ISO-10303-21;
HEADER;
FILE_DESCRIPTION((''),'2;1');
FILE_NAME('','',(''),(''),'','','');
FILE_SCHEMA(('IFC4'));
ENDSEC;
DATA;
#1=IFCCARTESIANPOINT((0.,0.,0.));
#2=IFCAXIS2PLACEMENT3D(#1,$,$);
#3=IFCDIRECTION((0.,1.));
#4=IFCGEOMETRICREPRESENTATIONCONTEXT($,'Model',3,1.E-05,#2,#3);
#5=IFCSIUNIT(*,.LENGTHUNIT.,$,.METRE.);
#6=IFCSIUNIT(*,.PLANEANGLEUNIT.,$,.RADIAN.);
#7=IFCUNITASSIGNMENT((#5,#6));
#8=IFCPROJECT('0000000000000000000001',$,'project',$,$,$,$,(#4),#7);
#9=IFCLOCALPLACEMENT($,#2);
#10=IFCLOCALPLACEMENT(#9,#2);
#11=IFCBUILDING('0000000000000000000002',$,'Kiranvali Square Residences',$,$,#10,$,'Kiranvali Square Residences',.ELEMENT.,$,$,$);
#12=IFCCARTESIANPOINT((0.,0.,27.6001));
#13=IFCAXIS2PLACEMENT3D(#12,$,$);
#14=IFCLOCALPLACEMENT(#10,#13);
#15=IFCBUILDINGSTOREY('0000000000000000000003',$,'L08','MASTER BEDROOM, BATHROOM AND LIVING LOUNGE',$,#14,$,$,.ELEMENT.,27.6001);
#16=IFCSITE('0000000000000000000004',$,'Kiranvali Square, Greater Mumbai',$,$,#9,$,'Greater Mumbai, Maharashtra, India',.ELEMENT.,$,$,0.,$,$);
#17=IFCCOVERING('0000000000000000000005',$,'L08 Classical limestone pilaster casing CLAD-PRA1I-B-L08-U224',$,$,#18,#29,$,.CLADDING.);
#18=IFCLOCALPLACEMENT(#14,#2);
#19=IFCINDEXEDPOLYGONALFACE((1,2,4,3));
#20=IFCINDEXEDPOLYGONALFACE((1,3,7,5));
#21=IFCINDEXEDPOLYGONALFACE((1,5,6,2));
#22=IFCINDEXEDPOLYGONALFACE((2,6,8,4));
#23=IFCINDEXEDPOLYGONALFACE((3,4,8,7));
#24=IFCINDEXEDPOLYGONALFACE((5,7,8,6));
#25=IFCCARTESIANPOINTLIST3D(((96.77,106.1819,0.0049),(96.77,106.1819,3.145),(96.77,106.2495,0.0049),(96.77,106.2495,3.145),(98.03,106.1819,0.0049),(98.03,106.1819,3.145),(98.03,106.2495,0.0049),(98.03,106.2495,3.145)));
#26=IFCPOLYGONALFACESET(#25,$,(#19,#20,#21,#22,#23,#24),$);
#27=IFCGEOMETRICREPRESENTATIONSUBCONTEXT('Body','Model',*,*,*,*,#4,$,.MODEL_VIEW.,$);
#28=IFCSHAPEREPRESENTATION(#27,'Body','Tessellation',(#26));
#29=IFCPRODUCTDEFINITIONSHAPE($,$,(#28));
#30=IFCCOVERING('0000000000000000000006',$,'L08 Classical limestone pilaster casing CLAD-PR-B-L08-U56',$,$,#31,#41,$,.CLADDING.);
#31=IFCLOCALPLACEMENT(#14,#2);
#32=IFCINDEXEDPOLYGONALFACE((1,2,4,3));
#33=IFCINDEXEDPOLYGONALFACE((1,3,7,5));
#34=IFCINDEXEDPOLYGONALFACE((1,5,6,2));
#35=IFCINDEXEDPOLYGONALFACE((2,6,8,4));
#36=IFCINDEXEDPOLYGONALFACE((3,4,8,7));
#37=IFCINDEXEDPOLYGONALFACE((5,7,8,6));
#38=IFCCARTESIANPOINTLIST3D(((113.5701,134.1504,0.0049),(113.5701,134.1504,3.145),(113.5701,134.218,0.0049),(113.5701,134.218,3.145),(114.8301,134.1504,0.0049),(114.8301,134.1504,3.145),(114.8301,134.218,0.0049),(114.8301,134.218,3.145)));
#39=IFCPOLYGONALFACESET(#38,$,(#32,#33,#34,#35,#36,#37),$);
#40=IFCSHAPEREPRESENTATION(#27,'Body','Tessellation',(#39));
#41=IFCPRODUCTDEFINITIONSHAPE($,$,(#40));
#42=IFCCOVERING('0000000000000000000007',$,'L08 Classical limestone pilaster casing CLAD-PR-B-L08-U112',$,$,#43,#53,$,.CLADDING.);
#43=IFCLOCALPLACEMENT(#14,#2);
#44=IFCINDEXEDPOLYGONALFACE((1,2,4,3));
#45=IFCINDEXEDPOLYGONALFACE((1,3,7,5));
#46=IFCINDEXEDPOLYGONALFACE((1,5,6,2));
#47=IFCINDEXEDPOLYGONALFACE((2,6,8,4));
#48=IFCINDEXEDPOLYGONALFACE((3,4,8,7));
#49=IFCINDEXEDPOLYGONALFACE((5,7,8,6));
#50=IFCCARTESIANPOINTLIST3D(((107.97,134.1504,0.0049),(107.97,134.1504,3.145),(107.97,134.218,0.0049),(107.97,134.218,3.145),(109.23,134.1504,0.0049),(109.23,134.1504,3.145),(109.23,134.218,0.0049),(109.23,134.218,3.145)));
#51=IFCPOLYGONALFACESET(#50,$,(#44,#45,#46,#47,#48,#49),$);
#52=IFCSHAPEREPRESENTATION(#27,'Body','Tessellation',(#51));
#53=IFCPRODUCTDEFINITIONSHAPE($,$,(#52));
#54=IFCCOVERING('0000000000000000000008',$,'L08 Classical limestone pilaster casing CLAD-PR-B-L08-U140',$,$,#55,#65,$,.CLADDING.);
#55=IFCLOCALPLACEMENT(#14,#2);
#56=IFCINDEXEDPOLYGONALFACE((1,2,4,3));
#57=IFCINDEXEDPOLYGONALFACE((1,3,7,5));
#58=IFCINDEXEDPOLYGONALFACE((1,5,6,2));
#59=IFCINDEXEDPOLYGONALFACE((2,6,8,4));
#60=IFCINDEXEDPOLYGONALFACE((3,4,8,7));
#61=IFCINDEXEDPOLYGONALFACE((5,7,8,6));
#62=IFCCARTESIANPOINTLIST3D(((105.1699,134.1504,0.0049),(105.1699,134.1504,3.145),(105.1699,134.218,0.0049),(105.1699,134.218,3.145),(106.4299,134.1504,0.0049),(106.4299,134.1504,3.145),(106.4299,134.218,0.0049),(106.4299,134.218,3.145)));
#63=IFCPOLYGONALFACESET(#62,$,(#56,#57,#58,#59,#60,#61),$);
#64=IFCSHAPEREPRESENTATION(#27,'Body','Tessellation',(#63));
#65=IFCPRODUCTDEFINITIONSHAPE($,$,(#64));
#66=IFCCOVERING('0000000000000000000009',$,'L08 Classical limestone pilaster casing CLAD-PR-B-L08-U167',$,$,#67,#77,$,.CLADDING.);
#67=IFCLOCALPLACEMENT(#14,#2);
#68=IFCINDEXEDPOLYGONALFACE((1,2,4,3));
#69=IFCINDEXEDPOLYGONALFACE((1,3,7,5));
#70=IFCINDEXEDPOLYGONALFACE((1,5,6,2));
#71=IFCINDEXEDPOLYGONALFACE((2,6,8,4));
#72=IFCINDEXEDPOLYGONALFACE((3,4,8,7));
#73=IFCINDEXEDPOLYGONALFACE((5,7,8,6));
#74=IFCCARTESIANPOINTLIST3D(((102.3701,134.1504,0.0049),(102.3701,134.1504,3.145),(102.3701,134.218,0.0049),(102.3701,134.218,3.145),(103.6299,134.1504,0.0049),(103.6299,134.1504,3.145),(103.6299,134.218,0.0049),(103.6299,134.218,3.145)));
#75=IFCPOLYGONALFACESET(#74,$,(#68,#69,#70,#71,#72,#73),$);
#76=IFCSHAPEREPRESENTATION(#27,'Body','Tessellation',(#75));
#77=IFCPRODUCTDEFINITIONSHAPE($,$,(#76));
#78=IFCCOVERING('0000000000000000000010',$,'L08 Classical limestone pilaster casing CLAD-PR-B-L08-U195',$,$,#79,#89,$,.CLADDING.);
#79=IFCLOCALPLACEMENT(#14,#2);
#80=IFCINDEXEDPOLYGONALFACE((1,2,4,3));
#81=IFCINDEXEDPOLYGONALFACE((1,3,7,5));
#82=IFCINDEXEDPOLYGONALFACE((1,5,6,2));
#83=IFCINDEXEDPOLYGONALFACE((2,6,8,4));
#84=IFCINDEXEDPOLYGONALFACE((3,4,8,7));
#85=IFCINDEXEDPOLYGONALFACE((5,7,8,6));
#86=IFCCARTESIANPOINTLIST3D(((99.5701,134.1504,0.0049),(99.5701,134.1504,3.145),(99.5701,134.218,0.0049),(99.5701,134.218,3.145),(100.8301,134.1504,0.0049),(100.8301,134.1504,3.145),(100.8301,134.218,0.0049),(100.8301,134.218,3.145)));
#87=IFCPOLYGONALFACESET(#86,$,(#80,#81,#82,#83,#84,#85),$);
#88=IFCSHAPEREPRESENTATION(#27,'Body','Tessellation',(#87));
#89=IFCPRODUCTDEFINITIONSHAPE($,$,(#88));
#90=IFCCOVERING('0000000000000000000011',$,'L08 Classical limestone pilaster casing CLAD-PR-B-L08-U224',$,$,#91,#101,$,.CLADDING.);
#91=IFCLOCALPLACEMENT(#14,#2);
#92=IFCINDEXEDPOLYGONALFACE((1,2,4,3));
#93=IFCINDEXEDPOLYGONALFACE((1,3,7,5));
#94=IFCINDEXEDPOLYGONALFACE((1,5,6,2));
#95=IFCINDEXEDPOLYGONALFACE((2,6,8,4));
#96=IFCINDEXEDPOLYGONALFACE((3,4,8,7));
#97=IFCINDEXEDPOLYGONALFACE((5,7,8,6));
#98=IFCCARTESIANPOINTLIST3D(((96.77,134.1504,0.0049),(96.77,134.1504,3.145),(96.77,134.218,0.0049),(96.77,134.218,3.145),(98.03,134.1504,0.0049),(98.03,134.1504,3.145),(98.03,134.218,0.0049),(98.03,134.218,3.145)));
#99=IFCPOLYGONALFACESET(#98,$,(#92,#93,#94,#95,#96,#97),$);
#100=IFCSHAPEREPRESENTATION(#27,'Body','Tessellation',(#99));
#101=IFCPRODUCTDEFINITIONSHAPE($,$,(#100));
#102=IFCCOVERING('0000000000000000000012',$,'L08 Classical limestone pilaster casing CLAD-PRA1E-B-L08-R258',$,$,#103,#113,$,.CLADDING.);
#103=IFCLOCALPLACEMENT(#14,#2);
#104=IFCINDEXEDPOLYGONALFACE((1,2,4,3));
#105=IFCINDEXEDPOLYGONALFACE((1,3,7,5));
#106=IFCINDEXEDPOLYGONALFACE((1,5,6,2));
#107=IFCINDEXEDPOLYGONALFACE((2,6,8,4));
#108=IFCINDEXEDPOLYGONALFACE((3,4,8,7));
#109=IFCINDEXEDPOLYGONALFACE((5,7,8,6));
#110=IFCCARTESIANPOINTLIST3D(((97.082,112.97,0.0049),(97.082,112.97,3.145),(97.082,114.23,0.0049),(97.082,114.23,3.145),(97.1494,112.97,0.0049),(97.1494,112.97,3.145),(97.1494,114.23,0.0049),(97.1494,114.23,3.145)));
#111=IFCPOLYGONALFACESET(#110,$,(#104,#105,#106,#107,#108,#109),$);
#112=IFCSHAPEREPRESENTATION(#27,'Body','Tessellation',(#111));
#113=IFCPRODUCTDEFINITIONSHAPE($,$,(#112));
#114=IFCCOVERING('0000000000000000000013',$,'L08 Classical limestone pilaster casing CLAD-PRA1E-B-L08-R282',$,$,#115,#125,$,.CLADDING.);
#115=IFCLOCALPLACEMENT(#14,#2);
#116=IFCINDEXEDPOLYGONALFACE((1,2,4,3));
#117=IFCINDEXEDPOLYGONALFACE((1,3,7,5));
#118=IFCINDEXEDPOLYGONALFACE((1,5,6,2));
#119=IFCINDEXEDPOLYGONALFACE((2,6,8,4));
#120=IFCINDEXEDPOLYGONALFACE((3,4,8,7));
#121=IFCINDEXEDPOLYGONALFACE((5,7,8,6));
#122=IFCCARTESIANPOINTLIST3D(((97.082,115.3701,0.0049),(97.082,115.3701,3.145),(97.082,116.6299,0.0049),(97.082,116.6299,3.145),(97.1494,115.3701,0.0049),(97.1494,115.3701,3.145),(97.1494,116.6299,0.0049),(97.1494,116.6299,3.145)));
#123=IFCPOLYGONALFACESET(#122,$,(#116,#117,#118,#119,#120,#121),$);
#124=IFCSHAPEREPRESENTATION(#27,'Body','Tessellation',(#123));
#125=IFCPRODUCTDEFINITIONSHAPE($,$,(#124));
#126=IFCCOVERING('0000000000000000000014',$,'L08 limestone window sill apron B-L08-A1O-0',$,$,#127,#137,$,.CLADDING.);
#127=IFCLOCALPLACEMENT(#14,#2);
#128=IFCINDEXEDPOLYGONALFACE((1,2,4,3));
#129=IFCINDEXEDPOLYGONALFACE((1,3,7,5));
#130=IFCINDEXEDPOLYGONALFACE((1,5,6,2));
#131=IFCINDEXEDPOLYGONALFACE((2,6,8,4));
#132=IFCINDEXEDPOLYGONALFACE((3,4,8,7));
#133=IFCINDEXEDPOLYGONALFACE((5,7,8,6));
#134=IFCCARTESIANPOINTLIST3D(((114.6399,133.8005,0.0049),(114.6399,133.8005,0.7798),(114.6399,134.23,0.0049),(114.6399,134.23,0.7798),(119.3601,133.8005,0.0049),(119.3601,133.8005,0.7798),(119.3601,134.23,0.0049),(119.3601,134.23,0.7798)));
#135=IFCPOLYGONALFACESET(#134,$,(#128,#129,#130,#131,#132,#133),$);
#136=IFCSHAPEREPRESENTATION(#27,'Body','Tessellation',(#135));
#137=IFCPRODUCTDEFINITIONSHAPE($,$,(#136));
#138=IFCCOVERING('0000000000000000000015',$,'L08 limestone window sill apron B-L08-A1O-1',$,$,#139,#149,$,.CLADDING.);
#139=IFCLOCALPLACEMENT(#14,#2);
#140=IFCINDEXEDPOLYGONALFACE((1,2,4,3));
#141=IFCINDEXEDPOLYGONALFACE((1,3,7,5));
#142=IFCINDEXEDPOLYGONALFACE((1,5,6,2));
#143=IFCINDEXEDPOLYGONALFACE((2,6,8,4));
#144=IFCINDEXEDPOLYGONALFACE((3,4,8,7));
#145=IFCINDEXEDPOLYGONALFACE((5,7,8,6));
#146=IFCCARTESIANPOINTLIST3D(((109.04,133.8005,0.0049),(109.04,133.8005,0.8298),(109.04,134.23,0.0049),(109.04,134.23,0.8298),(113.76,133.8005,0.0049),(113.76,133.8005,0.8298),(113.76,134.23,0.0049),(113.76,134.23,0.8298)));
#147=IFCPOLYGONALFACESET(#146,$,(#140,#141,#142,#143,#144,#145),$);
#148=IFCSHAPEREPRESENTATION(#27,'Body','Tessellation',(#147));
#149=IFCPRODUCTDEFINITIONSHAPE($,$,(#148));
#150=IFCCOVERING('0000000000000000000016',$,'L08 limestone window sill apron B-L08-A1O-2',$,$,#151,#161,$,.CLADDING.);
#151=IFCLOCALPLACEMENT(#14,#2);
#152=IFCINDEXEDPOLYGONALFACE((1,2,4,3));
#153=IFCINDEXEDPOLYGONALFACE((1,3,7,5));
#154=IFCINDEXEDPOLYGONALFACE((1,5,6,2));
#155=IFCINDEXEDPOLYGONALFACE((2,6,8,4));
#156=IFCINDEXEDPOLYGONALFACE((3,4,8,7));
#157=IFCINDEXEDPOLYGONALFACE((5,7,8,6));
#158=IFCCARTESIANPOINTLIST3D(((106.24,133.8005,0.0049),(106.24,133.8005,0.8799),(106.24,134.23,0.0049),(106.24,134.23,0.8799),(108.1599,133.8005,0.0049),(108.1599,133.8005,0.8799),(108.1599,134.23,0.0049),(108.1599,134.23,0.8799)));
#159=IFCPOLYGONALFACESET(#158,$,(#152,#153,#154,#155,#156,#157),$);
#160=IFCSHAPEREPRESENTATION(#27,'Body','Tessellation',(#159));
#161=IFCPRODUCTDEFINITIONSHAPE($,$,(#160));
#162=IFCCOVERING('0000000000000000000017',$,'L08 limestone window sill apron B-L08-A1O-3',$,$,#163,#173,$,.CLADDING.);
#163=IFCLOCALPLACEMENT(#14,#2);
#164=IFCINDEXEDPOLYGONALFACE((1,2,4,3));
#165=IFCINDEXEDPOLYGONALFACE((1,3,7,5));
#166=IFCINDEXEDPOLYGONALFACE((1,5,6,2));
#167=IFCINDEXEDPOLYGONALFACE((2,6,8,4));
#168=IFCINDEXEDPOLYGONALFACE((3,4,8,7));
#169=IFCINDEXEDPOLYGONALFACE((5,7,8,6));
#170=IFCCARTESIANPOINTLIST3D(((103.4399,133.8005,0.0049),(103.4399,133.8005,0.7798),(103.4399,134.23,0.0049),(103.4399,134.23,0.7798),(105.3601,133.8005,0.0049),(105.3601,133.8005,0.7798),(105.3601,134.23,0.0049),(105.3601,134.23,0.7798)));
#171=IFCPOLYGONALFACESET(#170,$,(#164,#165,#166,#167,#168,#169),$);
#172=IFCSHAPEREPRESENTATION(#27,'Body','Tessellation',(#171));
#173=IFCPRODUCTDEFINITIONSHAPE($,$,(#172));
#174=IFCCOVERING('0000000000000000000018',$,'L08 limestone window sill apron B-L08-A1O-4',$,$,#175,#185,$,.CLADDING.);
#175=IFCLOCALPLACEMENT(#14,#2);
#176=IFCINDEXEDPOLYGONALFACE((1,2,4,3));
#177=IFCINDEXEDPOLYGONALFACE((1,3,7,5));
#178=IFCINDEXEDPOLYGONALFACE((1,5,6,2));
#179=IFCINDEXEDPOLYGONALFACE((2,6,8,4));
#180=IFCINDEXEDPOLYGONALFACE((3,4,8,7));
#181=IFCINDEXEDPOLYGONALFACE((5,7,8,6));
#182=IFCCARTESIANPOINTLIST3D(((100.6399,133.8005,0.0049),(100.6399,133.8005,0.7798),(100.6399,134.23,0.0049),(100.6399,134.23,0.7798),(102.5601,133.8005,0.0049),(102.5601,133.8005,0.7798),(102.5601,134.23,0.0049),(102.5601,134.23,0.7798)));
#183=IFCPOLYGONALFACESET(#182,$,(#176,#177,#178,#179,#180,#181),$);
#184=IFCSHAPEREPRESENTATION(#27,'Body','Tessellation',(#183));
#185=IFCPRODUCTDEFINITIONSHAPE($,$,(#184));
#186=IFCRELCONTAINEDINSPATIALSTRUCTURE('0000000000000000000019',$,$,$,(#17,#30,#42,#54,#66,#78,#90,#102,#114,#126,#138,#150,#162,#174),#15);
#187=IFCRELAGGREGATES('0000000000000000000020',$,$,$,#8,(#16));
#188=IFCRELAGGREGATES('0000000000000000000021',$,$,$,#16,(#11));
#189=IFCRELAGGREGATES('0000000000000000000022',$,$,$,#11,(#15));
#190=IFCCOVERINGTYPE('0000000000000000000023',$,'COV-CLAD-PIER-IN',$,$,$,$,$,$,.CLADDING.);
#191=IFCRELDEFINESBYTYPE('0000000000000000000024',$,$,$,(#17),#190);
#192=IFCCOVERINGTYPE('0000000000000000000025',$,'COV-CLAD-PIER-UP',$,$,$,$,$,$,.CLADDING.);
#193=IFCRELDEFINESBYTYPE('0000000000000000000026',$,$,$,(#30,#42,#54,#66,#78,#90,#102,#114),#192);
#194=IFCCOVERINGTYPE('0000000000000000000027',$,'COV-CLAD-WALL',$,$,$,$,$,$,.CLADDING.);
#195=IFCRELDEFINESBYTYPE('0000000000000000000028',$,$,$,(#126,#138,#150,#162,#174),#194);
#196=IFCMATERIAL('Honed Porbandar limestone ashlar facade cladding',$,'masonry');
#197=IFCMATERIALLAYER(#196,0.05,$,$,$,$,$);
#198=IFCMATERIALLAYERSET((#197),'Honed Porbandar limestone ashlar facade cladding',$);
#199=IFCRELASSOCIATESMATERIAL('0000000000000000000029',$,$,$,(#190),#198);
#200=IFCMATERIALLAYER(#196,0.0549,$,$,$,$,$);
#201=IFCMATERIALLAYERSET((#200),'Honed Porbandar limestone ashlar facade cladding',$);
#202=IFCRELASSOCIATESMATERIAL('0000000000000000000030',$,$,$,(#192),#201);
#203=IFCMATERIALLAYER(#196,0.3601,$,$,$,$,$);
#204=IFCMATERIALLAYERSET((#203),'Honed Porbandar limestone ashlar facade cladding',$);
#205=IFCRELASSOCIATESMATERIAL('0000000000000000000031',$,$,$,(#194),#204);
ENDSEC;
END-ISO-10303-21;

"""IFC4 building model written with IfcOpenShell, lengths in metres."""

from ifc_helpers import new_model, si_unit, direction, frame, origin, place, context, subcontext, project, spatial, polyline, outline, extrude, material, layer, layer_set, type_object, element, save


model = new_model("IFC4")

# Units and contexts
model_context = context("Model", 3, precision=1e-05, world=origin(), true_north=direction((0.0, 1.0)))
body_context = subcontext(model_context, "Body", "Model", "MODEL_VIEW")
ifc_project = project(units=[si_unit("LENGTHUNIT", "METRE"), si_unit("PLANEANGLEUNIT", "RADIAN")], contexts=[model_context])

# Site, building, storey
site_placement = place(None, origin())
site = spatial("IfcSite", under=ifc_project, at=site_placement, Name="Kiranvali Square, Greater Mumbai", LongName="Greater Mumbai, Maharashtra, India", CompositionType="ELEMENT", RefElevation=0.0)
building_placement = place(site_placement, origin())
building = spatial("IfcBuilding", under=site, at=building_placement, Name="Kiranvali Square Residences", LongName="Kiranvali Square Residences", CompositionType="ELEMENT")
storey_placement = place(building_placement, frame((0.0, 0.0, 27.6001)))
storey = spatial("IfcBuildingStorey", under=building, at=storey_placement, Name="L08", Description="MASTER BEDROOM, BATHROOM AND LIVING LOUNGE", CompositionType="ELEMENT", Elevation=27.6001)

# Coverings
ifc_material_1 = material(Name="Honed Porbandar limestone ashlar facade cladding", Category="masonry")
ifc_layer_1 = layer(ifc_material_1, 0.05)
ifc_layer_set_1 = layer_set([ifc_layer_1], Name="Honed Porbandar limestone ashlar facade cladding")
covering_type_1 = type_object("IfcCoveringType", Name="COV-CLAD-PIER-IN", PredefinedType="CLADDING", material=ifc_layer_set_1)
covering_1_placement = place(storey_placement, frame((0.0, 0.0, 0.0049)))
element("IfcCovering", 1, at=covering_1_placement, inside=storey, type_object=covering_type_1, Name="L08 Classical limestone pilaster casing CLAD-PRA1I-B-L08-U224", PredefinedType="CLADDING", context=body_context, shape_type="SweptSolid", body=[
    extrude(outline(polyline([(98.03, 106.2495), (96.77, 106.2495), (96.77, 106.1819), (98.03, 106.1819), (98.03, 106.2495)])), origin(), (0.0, 0.0, 1.0), 3.1401),
])
ifc_layer_2 = layer(ifc_material_1, 0.0549)
ifc_layer_set_2 = layer_set([ifc_layer_2], Name="Honed Porbandar limestone ashlar facade cladding")
covering_type_2 = type_object("IfcCoveringType", Name="COV-CLAD-PIER-UP", PredefinedType="CLADDING", material=ifc_layer_set_2)
covering_2_placement = place(storey_placement, frame((0.0, 0.0, 0.0049)))
element("IfcCovering", 2, at=covering_2_placement, inside=storey, type_object=covering_type_2, Name="L08 Classical limestone pilaster casing CLAD-PR-B-L08-U56", PredefinedType="CLADDING", context=body_context, shape_type="SweptSolid", body=[
    extrude(outline(polyline([(114.8301, 134.218), (113.5701, 134.218), (113.5701, 134.1504), (114.8301, 134.1504), (114.8301, 134.218)])), origin(), (0.0, 0.0, 1.0), 3.1401),
])
covering_3_placement = place(storey_placement, frame((0.0, 0.0, 0.0049)))
element("IfcCovering", 3, at=covering_3_placement, inside=storey, type_object=covering_type_2, Name="L08 Classical limestone pilaster casing CLAD-PR-B-L08-U112", PredefinedType="CLADDING", context=body_context, shape_type="SweptSolid", body=[
    extrude(outline(polyline([(109.23, 134.218), (107.97, 134.218), (107.97, 134.1504), (109.23, 134.1504), (109.23, 134.218)])), origin(), (0.0, 0.0, 1.0), 3.1401),
])
covering_4_placement = place(storey_placement, frame((0.0, 0.0, 0.0049)))
element("IfcCovering", 4, at=covering_4_placement, inside=storey, type_object=covering_type_2, Name="L08 Classical limestone pilaster casing CLAD-PR-B-L08-U140", PredefinedType="CLADDING", context=body_context, shape_type="SweptSolid", body=[
    extrude(outline(polyline([(106.4299, 134.218), (105.1699, 134.218), (105.1699, 134.1504), (106.4299, 134.1504), (106.4299, 134.218)])), origin(), (0.0, 0.0, 1.0), 3.1401),
])
covering_5_placement = place(storey_placement, frame((0.0, 0.0, 0.0049)))
element("IfcCovering", 5, at=covering_5_placement, inside=storey, type_object=covering_type_2, Name="L08 Classical limestone pilaster casing CLAD-PR-B-L08-U167", PredefinedType="CLADDING", context=body_context, shape_type="SweptSolid", body=[
    extrude(outline(polyline([(103.6299, 134.218), (102.3701, 134.218), (102.3701, 134.1504), (103.6299, 134.1504), (103.6299, 134.218)])), origin(), (0.0, 0.0, 1.0), 3.1401),
])
covering_6_placement = place(storey_placement, frame((0.0, 0.0, 0.0049)))
element("IfcCovering", 6, at=covering_6_placement, inside=storey, type_object=covering_type_2, Name="L08 Classical limestone pilaster casing CLAD-PR-B-L08-U195", PredefinedType="CLADDING", context=body_context, shape_type="SweptSolid", body=[
    extrude(outline(polyline([(100.8301, 134.218), (99.5701, 134.218), (99.5701, 134.1504), (100.8301, 134.1504), (100.8301, 134.218)])), origin(), (0.0, 0.0, 1.0), 3.1401),
])
covering_7_placement = place(storey_placement, frame((0.0, 0.0, 0.0049)))
element("IfcCovering", 7, at=covering_7_placement, inside=storey, type_object=covering_type_2, Name="L08 Classical limestone pilaster casing CLAD-PR-B-L08-U224", PredefinedType="CLADDING", context=body_context, shape_type="SweptSolid", body=[
    extrude(outline(polyline([(98.03, 134.218), (96.77, 134.218), (96.77, 134.1504), (98.03, 134.1504), (98.03, 134.218)])), origin(), (0.0, 0.0, 1.0), 3.1401),
])
covering_8_placement = place(storey_placement, frame((0.0, 0.0, 0.0049)))
element("IfcCovering", 8, at=covering_8_placement, inside=storey, type_object=covering_type_2, Name="L08 Classical limestone pilaster casing CLAD-PRA1E-B-L08-R258", PredefinedType="CLADDING", context=body_context, shape_type="SweptSolid", body=[
    extrude(outline(polyline([(97.1494, 112.97), (97.1494, 114.23), (97.082, 114.23), (97.082, 112.97), (97.1494, 112.97)])), origin(), (0.0, 0.0, 1.0), 3.1401),
])
covering_9_placement = place(storey_placement, frame((0.0, 0.0, 0.0049)))
element("IfcCovering", 9, at=covering_9_placement, inside=storey, type_object=covering_type_2, Name="L08 Classical limestone pilaster casing CLAD-PRA1E-B-L08-R282", PredefinedType="CLADDING", context=body_context, shape_type="SweptSolid", body=[
    extrude(outline(polyline([(97.1494, 115.3701), (97.1494, 116.6299), (97.082, 116.6299), (97.082, 115.3701), (97.1494, 115.3701)])), origin(), (0.0, 0.0, 1.0), 3.1401),
])
ifc_layer_3 = layer(ifc_material_1, 0.3601)
ifc_layer_set_3 = layer_set([ifc_layer_3], Name="Honed Porbandar limestone ashlar facade cladding")
covering_type_3 = type_object("IfcCoveringType", Name="COV-CLAD-WALL", PredefinedType="CLADDING", material=ifc_layer_set_3)
covering_10_placement = place(storey_placement, frame((0.0, 0.0, 0.0049)))
element("IfcCovering", 10, at=covering_10_placement, inside=storey, type_object=covering_type_3, Name="L08 limestone window sill apron B-L08-A1O-0", PredefinedType="CLADDING", context=body_context, shape_type="SweptSolid", body=[
    extrude(outline(polyline([(119.3601, 134.23), (114.6399, 134.23), (114.6399, 133.8005), (119.3601, 133.8005), (119.3601, 134.23)])), origin(), (0.0, 0.0, 1.0), 0.7749),
])
covering_11_placement = place(storey_placement, frame((0.0, 0.0, 0.0049)))
element("IfcCovering", 11, at=covering_11_placement, inside=storey, type_object=covering_type_3, Name="L08 limestone window sill apron B-L08-A1O-1", PredefinedType="CLADDING", context=body_context, shape_type="SweptSolid", body=[
    extrude(outline(polyline([(113.76, 134.23), (109.04, 134.23), (109.04, 133.8005), (113.76, 133.8005), (113.76, 134.23)])), origin(), (0.0, 0.0, 1.0), 0.825),
])
covering_12_placement = place(storey_placement, frame((0.0, 0.0, 0.0049)))
element("IfcCovering", 12, at=covering_12_placement, inside=storey, type_object=covering_type_3, Name="L08 limestone window sill apron B-L08-A1O-2", PredefinedType="CLADDING", context=body_context, shape_type="SweptSolid", body=[
    extrude(outline(polyline([(108.1599, 134.23), (106.24, 134.23), (106.24, 133.8005), (108.1599, 133.8005), (108.1599, 134.23)])), origin(), (0.0, 0.0, 1.0), 0.875),
])
covering_13_placement = place(storey_placement, frame((0.0, 0.0, 0.0049)))
element("IfcCovering", 13, at=covering_13_placement, inside=storey, type_object=covering_type_3, Name="L08 limestone window sill apron B-L08-A1O-3", PredefinedType="CLADDING", context=body_context, shape_type="SweptSolid", body=[
    extrude(outline(polyline([(105.3601, 134.23), (103.4399, 134.23), (103.4399, 133.8005), (105.3601, 133.8005), (105.3601, 134.23)])), origin(), (0.0, 0.0, 1.0), 0.7749),
])
covering_14_placement = place(storey_placement, frame((0.0, 0.0, 0.0049)))
element("IfcCovering", 14, at=covering_14_placement, inside=storey, type_object=covering_type_3, Name="L08 limestone window sill apron B-L08-A1O-4", PredefinedType="CLADDING", context=body_context, shape_type="SweptSolid", body=[
    extrude(outline(polyline([(102.5601, 134.23), (100.6399, 134.23), (100.6399, 133.8005), (102.5601, 133.8005), (102.5601, 134.23)])), origin(), (0.0, 0.0, 1.0), 0.7749),
])

save(model, "model.ifc")
